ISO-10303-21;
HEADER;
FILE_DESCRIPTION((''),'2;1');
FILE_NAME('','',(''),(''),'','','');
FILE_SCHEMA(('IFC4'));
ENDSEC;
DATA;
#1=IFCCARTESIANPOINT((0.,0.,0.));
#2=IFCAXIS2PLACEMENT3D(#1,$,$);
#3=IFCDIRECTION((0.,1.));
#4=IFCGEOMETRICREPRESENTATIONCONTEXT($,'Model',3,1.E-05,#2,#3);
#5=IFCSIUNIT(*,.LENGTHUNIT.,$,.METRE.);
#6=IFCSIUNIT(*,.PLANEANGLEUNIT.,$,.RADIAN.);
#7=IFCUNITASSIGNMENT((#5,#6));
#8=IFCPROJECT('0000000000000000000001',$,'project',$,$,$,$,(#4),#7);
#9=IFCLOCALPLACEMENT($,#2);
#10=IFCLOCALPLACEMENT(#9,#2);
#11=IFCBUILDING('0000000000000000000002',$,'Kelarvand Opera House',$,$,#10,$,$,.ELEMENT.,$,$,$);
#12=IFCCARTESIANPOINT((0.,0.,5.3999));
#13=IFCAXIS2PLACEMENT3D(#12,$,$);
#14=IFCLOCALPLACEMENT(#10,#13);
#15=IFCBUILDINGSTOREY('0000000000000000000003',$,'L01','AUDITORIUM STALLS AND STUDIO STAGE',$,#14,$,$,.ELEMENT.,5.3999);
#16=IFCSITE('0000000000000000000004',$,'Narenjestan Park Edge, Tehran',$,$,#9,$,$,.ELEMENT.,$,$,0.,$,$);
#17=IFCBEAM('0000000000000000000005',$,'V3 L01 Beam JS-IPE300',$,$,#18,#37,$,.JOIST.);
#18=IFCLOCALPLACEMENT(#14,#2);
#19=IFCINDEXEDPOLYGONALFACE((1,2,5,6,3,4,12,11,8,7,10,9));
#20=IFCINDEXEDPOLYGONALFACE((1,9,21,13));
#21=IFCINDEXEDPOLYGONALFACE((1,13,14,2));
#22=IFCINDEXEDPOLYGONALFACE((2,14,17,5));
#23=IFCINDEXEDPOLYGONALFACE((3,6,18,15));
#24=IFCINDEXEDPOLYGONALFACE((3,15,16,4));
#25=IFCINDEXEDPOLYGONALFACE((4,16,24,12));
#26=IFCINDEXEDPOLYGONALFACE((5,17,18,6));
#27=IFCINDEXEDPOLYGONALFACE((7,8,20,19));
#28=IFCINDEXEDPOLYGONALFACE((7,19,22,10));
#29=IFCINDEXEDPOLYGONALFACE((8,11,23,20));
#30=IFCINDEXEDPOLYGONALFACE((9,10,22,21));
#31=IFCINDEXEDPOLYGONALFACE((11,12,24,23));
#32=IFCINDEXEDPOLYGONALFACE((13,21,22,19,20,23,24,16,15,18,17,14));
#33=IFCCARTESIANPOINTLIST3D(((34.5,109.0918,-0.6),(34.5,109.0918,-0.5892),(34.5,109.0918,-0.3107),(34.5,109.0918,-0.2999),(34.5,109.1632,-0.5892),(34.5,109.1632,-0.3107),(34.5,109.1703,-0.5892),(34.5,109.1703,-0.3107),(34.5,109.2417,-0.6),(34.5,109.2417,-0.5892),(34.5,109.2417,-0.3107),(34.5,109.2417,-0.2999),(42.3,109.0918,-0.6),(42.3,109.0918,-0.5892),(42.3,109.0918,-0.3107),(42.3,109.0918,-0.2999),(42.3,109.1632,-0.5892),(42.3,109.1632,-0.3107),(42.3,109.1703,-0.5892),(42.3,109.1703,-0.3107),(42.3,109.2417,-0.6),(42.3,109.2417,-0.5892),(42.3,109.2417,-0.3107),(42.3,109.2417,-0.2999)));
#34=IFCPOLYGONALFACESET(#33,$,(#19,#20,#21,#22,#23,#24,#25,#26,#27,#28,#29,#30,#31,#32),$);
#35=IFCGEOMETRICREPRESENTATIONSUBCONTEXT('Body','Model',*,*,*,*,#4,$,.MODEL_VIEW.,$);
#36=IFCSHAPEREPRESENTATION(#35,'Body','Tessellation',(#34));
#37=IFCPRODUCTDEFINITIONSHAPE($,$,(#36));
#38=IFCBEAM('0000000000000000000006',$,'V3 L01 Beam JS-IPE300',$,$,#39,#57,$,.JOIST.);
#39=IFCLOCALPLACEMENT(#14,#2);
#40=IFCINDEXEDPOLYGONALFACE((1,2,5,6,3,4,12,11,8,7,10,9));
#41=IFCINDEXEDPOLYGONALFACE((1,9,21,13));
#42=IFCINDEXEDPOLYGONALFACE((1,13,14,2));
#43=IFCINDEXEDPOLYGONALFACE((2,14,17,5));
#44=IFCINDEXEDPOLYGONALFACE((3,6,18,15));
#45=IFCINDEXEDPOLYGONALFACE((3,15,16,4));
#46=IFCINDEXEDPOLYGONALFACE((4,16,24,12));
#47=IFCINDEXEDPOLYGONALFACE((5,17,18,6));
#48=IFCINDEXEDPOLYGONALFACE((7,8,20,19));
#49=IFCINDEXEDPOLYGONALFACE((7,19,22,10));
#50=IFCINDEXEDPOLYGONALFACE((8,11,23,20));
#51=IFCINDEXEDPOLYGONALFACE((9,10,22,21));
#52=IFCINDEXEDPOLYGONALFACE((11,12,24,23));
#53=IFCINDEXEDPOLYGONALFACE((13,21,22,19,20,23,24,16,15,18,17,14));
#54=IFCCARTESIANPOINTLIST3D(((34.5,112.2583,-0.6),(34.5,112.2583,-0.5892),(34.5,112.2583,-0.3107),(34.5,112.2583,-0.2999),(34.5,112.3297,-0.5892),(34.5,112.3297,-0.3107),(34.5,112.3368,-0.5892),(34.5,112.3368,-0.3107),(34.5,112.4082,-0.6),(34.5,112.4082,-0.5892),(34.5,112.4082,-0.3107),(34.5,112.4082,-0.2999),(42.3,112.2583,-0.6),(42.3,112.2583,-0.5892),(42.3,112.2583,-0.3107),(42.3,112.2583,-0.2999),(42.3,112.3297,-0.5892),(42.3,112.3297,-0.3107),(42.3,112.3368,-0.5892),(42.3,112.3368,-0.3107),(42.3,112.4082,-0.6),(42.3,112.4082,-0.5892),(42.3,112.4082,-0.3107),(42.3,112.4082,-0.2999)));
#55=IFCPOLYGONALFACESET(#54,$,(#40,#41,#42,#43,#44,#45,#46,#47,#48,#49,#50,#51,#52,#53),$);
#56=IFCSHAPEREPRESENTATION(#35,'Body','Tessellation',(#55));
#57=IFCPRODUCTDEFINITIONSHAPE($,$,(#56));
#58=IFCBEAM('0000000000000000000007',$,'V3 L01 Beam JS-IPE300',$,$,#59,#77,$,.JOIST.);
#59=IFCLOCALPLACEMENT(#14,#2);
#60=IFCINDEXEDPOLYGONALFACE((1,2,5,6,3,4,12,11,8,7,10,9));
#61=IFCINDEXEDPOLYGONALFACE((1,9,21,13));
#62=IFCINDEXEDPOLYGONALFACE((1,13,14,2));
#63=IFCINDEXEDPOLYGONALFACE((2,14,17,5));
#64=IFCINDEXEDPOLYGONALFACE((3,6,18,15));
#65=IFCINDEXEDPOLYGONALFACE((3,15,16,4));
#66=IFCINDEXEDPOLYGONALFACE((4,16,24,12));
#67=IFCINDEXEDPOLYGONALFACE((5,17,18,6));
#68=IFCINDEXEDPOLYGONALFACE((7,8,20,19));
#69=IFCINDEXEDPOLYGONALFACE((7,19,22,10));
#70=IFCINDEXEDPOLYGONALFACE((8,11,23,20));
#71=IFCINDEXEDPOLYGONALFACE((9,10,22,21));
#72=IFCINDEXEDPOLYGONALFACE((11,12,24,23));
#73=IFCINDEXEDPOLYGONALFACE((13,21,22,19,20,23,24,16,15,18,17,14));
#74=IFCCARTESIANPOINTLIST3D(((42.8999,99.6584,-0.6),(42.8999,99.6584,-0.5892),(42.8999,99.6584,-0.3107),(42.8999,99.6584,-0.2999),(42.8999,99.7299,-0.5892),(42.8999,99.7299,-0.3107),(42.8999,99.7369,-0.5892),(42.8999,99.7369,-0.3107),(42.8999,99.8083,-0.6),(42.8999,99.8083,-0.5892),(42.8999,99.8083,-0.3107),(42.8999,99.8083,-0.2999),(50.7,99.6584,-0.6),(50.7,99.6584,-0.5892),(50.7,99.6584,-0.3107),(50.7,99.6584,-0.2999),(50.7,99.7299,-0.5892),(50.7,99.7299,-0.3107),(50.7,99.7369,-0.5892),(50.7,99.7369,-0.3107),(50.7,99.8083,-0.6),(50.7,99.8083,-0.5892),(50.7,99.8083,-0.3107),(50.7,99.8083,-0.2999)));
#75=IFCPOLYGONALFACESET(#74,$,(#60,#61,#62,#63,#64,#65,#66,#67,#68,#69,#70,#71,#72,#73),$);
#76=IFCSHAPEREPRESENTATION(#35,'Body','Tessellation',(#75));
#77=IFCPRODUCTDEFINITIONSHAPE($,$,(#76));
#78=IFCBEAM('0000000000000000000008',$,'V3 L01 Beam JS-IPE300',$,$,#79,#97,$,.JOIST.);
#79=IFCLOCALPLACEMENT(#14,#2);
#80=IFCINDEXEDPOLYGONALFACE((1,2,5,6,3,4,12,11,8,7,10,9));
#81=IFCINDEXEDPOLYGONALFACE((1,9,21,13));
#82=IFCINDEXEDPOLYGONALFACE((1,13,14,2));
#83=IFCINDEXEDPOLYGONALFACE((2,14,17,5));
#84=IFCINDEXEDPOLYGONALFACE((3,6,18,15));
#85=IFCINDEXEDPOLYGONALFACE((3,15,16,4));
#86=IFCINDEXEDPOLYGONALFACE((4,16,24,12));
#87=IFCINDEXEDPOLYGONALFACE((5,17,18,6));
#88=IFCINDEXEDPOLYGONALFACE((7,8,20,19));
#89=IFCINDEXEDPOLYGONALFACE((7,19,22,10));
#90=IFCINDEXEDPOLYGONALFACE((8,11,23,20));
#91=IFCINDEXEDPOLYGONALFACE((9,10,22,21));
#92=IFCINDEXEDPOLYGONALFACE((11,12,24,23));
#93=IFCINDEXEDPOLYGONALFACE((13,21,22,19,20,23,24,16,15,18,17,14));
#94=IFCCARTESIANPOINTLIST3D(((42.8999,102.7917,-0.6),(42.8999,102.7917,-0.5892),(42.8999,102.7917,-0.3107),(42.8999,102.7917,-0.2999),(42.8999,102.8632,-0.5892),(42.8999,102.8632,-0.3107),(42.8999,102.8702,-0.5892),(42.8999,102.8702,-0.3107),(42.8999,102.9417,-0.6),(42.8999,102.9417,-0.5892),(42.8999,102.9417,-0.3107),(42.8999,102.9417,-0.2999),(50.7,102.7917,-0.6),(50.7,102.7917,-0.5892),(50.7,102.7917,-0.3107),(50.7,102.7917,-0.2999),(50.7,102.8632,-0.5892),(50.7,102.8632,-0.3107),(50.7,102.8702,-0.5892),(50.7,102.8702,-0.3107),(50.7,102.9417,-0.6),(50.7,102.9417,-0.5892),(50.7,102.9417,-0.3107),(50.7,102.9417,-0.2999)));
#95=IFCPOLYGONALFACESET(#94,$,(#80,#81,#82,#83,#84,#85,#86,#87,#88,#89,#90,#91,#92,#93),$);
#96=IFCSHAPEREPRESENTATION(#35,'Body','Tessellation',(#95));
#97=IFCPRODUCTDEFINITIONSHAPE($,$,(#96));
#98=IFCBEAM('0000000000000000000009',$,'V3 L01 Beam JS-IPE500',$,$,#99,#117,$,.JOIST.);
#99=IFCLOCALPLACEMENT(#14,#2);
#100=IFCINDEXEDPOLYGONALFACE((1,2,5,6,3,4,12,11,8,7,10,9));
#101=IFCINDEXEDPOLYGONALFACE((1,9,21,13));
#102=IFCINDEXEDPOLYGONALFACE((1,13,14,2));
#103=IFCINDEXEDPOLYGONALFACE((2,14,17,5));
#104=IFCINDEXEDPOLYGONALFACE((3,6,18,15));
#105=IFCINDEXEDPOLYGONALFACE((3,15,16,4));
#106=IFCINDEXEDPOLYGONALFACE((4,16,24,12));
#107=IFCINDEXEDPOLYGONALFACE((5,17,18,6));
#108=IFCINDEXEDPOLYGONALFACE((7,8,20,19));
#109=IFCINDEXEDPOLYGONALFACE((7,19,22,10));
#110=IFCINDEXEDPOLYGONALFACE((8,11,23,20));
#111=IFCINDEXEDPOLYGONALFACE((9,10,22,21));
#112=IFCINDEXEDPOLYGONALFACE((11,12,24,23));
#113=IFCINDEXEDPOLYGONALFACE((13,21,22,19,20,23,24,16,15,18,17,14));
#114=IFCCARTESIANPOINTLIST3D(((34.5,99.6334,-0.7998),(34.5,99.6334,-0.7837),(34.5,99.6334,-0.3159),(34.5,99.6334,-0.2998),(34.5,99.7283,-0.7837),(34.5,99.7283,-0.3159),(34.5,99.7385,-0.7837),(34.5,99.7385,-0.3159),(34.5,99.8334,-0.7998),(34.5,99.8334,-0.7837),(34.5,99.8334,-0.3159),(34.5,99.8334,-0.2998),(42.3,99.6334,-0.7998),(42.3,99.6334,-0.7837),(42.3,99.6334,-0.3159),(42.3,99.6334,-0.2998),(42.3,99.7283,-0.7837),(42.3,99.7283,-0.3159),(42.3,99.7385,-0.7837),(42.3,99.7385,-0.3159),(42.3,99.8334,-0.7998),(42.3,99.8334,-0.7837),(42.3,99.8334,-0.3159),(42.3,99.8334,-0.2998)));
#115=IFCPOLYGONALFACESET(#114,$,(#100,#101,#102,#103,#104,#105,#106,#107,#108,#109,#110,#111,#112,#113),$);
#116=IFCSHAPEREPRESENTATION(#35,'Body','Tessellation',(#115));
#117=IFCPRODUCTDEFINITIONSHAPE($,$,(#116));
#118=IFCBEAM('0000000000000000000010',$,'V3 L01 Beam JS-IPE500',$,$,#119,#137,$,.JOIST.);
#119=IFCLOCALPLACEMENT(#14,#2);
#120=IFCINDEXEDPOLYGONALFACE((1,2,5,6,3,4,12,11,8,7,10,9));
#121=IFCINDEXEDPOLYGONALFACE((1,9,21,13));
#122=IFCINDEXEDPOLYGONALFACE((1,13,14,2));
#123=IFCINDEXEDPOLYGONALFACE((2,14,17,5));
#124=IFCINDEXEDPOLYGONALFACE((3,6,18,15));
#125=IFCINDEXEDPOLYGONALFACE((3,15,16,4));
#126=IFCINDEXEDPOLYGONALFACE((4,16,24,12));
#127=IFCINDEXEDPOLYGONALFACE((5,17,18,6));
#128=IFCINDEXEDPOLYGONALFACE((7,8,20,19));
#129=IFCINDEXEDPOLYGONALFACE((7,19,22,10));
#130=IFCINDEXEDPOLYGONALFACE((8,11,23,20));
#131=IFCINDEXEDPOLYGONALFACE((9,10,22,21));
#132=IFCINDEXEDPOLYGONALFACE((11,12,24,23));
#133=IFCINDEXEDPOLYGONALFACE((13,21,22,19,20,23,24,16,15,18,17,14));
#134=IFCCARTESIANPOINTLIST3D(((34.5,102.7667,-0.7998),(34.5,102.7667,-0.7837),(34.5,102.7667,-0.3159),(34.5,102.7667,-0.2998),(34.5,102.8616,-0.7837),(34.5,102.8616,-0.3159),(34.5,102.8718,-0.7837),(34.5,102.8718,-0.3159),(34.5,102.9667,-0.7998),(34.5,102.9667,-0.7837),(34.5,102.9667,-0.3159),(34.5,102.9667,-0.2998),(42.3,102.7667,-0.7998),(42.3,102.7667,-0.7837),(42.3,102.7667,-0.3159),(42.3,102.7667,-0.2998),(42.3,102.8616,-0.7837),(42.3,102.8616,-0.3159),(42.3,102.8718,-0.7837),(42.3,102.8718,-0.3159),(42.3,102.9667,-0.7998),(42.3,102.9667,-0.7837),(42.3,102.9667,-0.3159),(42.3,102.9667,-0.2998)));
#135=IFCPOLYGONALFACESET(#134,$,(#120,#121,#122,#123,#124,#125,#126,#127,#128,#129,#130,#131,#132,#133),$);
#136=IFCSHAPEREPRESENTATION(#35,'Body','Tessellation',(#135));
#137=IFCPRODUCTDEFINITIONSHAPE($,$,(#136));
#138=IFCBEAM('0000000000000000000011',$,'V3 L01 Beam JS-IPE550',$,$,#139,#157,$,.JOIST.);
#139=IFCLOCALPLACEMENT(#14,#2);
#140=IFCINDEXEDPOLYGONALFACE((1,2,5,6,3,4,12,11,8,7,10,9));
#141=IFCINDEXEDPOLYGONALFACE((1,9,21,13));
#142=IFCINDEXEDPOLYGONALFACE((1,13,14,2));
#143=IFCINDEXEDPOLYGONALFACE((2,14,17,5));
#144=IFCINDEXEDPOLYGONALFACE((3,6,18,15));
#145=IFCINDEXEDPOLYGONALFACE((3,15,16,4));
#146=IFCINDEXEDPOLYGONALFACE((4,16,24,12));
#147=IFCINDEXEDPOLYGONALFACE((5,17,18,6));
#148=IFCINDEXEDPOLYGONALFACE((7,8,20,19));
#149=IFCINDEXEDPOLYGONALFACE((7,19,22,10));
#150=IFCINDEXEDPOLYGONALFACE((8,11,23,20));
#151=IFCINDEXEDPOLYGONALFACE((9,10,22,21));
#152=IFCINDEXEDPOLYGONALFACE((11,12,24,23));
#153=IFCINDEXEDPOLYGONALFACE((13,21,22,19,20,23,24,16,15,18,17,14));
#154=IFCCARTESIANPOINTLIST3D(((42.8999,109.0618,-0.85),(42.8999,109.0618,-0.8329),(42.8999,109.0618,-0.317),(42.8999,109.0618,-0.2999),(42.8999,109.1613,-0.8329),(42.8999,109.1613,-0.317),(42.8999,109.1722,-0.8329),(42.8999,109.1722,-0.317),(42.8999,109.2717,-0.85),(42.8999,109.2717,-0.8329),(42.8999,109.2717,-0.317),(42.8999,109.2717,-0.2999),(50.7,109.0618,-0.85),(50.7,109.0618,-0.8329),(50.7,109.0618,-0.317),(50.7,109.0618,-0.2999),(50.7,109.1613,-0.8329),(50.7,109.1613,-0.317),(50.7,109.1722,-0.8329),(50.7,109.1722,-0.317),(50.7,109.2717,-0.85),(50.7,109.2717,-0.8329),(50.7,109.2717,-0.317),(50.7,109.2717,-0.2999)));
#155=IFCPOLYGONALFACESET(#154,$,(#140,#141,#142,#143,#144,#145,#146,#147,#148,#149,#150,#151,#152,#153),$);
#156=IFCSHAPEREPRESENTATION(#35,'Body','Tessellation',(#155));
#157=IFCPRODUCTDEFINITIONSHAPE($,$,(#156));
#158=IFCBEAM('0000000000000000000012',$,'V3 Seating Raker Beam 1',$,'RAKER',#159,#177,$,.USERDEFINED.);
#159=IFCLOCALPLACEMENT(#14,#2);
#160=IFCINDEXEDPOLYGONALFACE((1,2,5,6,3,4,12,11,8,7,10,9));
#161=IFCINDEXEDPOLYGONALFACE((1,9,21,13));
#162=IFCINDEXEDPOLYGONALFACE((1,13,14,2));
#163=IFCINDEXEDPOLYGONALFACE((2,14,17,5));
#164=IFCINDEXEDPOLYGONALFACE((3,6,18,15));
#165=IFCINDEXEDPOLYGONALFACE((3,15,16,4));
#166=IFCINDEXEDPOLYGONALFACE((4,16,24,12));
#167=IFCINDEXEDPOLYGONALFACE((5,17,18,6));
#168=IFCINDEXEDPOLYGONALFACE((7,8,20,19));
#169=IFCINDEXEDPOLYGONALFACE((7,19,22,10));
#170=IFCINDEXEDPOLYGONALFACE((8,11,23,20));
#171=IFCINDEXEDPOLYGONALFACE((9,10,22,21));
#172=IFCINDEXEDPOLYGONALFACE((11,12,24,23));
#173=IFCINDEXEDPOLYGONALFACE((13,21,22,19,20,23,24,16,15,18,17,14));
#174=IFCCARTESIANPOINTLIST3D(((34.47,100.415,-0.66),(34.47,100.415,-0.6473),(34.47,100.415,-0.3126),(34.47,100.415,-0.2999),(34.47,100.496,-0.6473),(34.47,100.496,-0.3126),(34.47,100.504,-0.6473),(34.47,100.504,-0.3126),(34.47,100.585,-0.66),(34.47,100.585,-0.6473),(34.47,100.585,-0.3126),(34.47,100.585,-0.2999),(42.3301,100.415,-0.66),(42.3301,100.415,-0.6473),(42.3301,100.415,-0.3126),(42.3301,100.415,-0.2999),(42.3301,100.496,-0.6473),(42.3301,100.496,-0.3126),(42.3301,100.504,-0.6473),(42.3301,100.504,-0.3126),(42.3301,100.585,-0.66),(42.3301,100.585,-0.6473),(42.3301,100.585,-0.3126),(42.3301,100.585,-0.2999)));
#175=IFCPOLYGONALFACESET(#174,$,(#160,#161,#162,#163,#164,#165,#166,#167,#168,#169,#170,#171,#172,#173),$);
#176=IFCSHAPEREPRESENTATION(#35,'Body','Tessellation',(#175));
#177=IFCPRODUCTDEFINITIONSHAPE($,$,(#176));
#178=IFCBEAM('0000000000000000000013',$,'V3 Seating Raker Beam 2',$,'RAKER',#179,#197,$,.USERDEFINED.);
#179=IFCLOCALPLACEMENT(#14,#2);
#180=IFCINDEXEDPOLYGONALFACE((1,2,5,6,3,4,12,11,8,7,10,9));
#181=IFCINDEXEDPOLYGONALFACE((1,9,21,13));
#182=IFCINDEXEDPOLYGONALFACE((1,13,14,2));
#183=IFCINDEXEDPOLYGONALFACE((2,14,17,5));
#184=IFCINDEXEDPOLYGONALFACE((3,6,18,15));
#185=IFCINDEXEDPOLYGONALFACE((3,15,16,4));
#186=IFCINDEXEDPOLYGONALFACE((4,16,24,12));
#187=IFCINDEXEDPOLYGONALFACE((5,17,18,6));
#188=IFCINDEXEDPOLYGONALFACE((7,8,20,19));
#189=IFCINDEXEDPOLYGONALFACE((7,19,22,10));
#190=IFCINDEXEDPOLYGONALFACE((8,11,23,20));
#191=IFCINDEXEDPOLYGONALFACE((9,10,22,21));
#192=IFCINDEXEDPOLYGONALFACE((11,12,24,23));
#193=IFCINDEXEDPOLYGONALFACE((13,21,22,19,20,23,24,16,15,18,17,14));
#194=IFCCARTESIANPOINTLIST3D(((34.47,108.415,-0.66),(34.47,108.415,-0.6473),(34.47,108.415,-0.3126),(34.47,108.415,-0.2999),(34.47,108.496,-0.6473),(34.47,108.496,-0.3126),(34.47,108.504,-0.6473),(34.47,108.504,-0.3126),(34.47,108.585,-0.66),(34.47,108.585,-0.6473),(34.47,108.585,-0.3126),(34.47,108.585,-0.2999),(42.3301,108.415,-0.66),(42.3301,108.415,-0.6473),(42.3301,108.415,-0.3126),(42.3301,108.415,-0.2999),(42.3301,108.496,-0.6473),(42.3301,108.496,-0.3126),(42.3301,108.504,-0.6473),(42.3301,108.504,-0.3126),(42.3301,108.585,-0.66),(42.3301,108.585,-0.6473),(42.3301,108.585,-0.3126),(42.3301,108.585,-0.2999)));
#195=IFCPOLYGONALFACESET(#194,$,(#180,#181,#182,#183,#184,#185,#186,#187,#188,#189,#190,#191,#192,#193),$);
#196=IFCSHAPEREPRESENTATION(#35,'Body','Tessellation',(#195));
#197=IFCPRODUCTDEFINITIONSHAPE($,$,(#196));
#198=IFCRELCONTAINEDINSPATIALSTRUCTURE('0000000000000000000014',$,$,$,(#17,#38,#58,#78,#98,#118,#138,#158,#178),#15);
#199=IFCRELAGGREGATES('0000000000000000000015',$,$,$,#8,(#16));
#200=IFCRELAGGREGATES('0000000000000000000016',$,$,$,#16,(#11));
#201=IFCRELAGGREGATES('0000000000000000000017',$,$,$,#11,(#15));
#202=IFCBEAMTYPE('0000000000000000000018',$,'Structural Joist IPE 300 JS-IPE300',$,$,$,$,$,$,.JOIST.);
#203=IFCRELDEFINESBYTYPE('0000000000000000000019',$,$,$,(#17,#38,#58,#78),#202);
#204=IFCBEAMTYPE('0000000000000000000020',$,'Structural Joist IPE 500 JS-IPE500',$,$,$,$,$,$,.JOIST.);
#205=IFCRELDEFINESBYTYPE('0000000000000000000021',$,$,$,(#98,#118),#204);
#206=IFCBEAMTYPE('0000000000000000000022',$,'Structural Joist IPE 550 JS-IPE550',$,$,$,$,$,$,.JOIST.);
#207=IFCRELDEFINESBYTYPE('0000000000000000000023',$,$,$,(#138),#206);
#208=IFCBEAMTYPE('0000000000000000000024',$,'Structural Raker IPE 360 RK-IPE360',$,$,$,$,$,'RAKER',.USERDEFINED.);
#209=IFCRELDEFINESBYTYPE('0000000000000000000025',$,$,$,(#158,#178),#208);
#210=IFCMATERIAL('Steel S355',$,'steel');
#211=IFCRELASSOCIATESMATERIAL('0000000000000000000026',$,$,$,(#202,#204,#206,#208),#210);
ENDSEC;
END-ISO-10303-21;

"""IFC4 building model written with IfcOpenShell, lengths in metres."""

from ifc_helpers import new_model, si_unit, direction, frame, origin, origin_2d, place, context, subcontext, project, spatial, i_section, extrude, material, material_profile, profile_set, type_object, element, save


model = new_model("IFC4")

# Units and contexts
model_context = context("Model", 3, precision=1e-05, world=origin(), true_north=direction((0.0, 1.0)))
body_context = subcontext(model_context, "Body", "Model", "MODEL_VIEW")
ifc_project = project(units=[si_unit("LENGTHUNIT", "METRE"), si_unit("PLANEANGLEUNIT", "RADIAN")], contexts=[model_context])

# Site, building, storey
site_placement = place(None, origin())
site = spatial("IfcSite", under=ifc_project, at=site_placement, Name="Narenjestan Park Edge, Tehran", CompositionType="ELEMENT", RefElevation=0.0)
building_placement = place(site_placement, origin())
building = spatial("IfcBuilding", under=site, at=building_placement, Name="Kelarvand Opera House", CompositionType="ELEMENT")
storey_placement = place(building_placement, frame((0.0, 0.0, 5.3999)))
storey = spatial("IfcBuildingStorey", under=building, at=storey_placement, Name="L01", Description="AUDITORIUM STALLS AND STUDIO STAGE", CompositionType="ELEMENT", Elevation=5.3999)

# Beams
ifc_material_1 = material(Name="Steel S355", Category="steel")
ifc_material_profile_1 = material_profile(ifc_material_1, i_section(OverallWidth=0.1499, OverallDepth=0.3, WebThickness=0.0071, FlangeThickness=0.0107, at=origin_2d()), Name="IPE 300", Category="steel")
ifc_profile_set_1 = profile_set([ifc_material_profile_1], Name="Steel S355")
beam_type_1 = type_object("IfcBeamType", Name="Structural Joist IPE 300 JS-IPE300", PredefinedType="JOIST", material=ifc_profile_set_1)
for number, where, z_axis, x_axis, name in (
    (1, (34.5, 109.1667, -0.45), (1.0, 0.0, 0.0), (0.0, 1.0, 0.0), "V3 L01 Beam JS-IPE300"),
    (2, (34.5, 112.3333, -0.45), (1.0, 0.0, 0.0), (0.0, 1.0, 0.0), "V3 L01 Beam JS-IPE300"),
    (3, (42.8999, 99.7334, -0.45), (1.0, 0.0, 0.0), (0.0, 1.0, 0.0), "V3 L01 Beam JS-IPE300"),
    (4, (42.8999, 102.8667, -0.45), (1.0, 0.0, 0.0), (0.0, 1.0, 0.0), "V3 L01 Beam JS-IPE300"),
):
    element("IfcBeam", number, at=place(storey_placement, frame(where, z_axis=z_axis, x_axis=x_axis)), inside=storey, type_object=beam_type_1, Name=name, PredefinedType="JOIST", context=body_context, shape_type="SweptSolid", body=[
        extrude(i_section(OverallWidth=0.1499, OverallDepth=0.3, WebThickness=0.0071, FlangeThickness=0.0107, at=origin_2d()), origin(), (0.0, 0.0, 1.0), 7.8),
    ])
ifc_material_profile_2 = material_profile(ifc_material_1, i_section(OverallWidth=0.2, OverallDepth=0.5, WebThickness=0.0103, FlangeThickness=0.0161, at=origin_2d()), Name="IPE 500", Category="steel")
ifc_profile_set_2 = profile_set([ifc_material_profile_2], Name="Steel S355")
beam_type_2 = type_object("IfcBeamType", Name="Structural Joist IPE 500 JS-IPE500", PredefinedType="JOIST", material=ifc_profile_set_2)
for number, where, z_axis, x_axis, name in (
    (5, (34.5, 99.7334, -0.5498), (1.0, 0.0, 0.0), (0.0, 1.0, 0.0), "V3 L01 Beam JS-IPE500"),
    (6, (34.5, 102.8667, -0.5498), (1.0, 0.0, 0.0), (0.0, 1.0, 0.0), "V3 L01 Beam JS-IPE500"),
):
    element("IfcBeam", number, at=place(storey_placement, frame(where, z_axis=z_axis, x_axis=x_axis)), inside=storey, type_object=beam_type_2, Name=name, PredefinedType="JOIST", context=body_context, shape_type="SweptSolid", body=[
        extrude(i_section(OverallWidth=0.2, OverallDepth=0.5, WebThickness=0.0103, FlangeThickness=0.0161, at=origin_2d()), origin(), (0.0, 0.0, 1.0), 7.8),
    ])
ifc_material_profile_3 = material_profile(ifc_material_1, i_section(OverallWidth=0.21, OverallDepth=0.55, WebThickness=0.011, FlangeThickness=0.0171, at=origin_2d()), Name="IPE 550", Category="steel")
ifc_profile_set_3 = profile_set([ifc_material_profile_3], Name="Steel S355")
beam_type_3 = type_object("IfcBeamType", Name="Structural Joist IPE 550 JS-IPE550", PredefinedType="JOIST", material=ifc_profile_set_3)
beam_1_placement = place(storey_placement, frame((42.8999, 109.1667, -0.575), z_axis=(1.0, 0.0, 0.0), x_axis=(0.0, 1.0, 0.0)))
element("IfcBeam", 7, at=beam_1_placement, inside=storey, type_object=beam_type_3, Name="V3 L01 Beam JS-IPE550", PredefinedType="JOIST", context=body_context, shape_type="SweptSolid", body=[
    extrude(i_section(OverallWidth=0.21, OverallDepth=0.55, WebThickness=0.011, FlangeThickness=0.0171, at=origin_2d()), origin(), (0.0, 0.0, 1.0), 7.8),
])
ifc_material_profile_4 = material_profile(ifc_material_1, i_section(OverallWidth=0.1699, OverallDepth=0.3601, WebThickness=0.0081, FlangeThickness=0.0127, at=origin_2d()), Name="IPE 360", Category="steel")
ifc_profile_set_4 = profile_set([ifc_material_profile_4], Name="Steel S355")
beam_type_4 = type_object("IfcBeamType", Name="Structural Raker IPE 360 RK-IPE360", ElementType="RAKER", PredefinedType="USERDEFINED", material=ifc_profile_set_4)
for number, where, z_axis, x_axis, name in (
    (8, (34.47, 100.5, -0.48), (1.0, 0.0, 0.0), (0.0, 1.0, 0.0), "V3 Seating Raker Beam 1"),
    (9, (34.47, 108.5, -0.48), (1.0, 0.0, 0.0), (0.0, 1.0, 0.0), "V3 Seating Raker Beam 2"),
):
    element("IfcBeam", number, at=place(storey_placement, frame(where, z_axis=z_axis, x_axis=x_axis)), inside=storey, type_object=beam_type_4, Name=name, ObjectType="RAKER", PredefinedType="USERDEFINED", context=body_context, shape_type="SweptSolid", body=[
        extrude(i_section(OverallWidth=0.1699, OverallDepth=0.3601, WebThickness=0.0081, FlangeThickness=0.0127, at=origin_2d()), origin(), (0.0, 0.0, 1.0), 7.8601),
    ])

save(model, "model.ifc")
